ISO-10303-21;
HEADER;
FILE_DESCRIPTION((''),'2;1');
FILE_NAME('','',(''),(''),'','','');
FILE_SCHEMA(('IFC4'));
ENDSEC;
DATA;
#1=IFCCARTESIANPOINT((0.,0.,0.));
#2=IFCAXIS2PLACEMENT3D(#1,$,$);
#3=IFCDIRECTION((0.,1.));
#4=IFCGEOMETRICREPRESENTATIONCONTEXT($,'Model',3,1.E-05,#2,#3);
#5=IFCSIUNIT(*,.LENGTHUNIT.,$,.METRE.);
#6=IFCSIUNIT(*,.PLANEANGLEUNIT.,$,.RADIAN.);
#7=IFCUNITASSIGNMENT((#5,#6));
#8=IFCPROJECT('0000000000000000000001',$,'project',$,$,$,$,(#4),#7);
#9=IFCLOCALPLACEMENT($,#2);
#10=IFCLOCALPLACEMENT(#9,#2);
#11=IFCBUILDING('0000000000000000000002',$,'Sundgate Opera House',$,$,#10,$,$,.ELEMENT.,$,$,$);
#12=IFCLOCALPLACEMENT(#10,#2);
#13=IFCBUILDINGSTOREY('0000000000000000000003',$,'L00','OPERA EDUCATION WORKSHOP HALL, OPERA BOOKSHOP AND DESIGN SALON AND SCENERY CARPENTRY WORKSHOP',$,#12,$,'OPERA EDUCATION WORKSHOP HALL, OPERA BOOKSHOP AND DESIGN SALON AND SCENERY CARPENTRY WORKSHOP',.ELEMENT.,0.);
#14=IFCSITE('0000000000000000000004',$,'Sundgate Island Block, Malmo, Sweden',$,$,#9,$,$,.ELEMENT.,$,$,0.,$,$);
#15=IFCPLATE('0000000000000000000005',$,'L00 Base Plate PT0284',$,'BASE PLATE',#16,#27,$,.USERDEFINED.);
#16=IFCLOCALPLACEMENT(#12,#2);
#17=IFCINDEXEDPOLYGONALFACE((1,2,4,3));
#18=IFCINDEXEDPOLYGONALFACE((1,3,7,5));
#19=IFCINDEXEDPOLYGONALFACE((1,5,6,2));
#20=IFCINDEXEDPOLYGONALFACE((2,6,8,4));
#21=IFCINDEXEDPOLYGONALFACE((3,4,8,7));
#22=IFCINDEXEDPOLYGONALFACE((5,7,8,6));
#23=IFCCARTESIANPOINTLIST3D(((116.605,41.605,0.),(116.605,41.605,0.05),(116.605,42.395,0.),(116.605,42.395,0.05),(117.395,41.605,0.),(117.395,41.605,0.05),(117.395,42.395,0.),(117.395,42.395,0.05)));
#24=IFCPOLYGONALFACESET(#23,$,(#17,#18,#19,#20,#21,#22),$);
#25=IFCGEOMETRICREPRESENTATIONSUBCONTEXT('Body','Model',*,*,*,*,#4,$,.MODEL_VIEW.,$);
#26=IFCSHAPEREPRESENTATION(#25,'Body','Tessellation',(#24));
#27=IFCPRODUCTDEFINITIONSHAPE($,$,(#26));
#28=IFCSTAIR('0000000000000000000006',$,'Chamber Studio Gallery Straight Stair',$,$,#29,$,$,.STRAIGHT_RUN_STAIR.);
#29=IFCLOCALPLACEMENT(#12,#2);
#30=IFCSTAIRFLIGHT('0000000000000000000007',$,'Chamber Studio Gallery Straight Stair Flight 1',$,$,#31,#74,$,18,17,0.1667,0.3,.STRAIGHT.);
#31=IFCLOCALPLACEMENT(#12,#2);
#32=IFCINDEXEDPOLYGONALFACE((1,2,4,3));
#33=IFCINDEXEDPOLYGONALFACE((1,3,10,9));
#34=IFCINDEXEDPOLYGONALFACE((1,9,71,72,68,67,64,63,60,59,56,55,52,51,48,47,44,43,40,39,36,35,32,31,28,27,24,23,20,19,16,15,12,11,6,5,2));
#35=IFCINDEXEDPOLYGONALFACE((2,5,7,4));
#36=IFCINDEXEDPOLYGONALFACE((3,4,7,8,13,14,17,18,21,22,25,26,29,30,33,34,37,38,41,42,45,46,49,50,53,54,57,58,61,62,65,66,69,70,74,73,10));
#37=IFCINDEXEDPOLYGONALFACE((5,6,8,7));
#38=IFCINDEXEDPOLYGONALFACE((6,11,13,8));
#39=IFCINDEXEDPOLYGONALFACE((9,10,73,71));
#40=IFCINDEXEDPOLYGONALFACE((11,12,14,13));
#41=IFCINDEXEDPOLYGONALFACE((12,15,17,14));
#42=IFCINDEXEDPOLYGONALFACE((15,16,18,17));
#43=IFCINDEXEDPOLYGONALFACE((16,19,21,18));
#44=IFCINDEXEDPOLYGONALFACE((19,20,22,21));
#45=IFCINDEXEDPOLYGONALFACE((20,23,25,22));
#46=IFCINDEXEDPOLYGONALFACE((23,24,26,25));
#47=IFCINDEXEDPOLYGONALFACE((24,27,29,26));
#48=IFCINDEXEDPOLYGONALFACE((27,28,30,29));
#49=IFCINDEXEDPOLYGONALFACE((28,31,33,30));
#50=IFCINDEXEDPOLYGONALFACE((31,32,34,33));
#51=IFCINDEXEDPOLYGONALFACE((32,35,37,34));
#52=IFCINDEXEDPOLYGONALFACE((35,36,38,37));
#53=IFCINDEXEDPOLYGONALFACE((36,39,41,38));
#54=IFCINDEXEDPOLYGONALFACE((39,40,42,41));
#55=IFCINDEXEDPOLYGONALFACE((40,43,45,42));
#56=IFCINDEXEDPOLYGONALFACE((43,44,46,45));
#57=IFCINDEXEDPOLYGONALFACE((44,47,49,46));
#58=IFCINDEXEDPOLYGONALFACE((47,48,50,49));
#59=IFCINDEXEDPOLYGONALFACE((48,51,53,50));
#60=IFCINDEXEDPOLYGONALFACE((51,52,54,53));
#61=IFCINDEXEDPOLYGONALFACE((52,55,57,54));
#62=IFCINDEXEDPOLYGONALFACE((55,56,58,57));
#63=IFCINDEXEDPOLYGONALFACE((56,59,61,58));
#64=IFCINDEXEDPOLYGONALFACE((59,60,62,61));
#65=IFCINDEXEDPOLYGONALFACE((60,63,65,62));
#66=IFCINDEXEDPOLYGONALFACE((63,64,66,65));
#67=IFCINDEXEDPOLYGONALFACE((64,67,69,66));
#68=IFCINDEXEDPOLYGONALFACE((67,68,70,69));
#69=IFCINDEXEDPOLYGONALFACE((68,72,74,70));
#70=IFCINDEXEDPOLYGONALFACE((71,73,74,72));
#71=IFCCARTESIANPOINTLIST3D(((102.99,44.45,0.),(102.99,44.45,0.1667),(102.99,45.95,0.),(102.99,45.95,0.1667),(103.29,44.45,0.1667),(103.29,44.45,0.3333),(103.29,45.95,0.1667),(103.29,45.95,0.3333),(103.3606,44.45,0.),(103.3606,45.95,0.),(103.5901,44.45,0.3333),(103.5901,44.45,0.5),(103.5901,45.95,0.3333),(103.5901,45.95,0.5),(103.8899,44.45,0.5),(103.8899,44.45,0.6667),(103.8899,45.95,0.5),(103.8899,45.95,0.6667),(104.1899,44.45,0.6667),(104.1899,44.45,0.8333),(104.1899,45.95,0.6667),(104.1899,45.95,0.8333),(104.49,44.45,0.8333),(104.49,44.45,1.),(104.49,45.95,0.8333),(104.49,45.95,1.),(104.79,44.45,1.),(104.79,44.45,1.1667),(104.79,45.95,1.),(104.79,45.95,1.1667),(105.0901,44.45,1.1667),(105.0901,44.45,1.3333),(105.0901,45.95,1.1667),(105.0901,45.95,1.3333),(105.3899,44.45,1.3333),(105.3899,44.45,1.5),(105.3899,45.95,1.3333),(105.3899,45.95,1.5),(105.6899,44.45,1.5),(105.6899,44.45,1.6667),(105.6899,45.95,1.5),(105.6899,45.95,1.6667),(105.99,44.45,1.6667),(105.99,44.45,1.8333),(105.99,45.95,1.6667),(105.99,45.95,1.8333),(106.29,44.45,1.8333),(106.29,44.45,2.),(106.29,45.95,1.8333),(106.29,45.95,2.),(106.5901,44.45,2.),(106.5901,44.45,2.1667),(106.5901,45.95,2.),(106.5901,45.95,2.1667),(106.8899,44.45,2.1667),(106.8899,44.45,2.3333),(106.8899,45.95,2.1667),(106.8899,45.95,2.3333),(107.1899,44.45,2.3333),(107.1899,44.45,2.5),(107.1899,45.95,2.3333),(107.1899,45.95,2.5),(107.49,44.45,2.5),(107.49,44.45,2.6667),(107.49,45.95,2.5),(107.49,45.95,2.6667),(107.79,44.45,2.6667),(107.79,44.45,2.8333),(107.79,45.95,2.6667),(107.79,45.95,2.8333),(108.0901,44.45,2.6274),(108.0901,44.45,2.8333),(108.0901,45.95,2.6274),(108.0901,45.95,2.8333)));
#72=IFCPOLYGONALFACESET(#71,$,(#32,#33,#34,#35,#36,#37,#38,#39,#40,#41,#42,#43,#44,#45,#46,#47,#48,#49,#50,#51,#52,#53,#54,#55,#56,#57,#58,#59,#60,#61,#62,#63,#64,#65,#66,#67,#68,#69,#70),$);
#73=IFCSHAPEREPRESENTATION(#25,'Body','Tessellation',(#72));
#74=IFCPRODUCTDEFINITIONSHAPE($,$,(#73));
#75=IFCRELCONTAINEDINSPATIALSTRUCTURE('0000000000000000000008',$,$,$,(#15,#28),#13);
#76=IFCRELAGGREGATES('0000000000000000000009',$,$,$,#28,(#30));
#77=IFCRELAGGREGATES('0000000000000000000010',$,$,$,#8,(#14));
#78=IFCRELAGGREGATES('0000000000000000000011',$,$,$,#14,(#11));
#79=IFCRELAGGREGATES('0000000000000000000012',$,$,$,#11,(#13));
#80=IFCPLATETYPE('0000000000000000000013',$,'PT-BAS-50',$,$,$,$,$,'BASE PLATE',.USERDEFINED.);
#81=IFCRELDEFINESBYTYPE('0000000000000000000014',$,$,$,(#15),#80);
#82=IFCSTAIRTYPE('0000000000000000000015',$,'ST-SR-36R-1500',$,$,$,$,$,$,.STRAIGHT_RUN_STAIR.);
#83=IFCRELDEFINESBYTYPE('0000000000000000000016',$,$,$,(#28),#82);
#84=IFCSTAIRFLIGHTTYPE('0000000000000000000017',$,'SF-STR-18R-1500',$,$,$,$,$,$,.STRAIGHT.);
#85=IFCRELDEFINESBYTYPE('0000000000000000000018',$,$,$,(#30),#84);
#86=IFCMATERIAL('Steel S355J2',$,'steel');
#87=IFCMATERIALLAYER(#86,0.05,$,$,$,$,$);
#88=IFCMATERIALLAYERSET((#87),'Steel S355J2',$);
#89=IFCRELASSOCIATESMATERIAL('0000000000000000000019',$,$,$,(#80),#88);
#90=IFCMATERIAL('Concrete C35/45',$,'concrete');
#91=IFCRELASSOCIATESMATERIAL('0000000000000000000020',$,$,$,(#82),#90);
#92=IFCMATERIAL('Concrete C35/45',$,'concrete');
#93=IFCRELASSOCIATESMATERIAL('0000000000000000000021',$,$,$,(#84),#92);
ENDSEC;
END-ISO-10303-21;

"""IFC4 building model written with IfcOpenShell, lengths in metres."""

from ifc_helpers import new_model, si_unit, direction, frame, origin, origin_2d, place, context, subcontext, project, spatial, polyline, rectangle, outline, extrude, material, layer, layer_set, type_object, element, aggregate, save


model = new_model("IFC4")

# Units and contexts
model_context = context("Model", 3, precision=1e-05, world=origin(), true_north=direction((0.0, 1.0)))
body_context = subcontext(model_context, "Body", "Model", "MODEL_VIEW")
ifc_project = project(units=[si_unit("LENGTHUNIT", "METRE"), si_unit("PLANEANGLEUNIT", "RADIAN")], contexts=[model_context])

# Site, building, storey
site_placement = place(None, origin())
site = spatial("IfcSite", under=ifc_project, at=site_placement, Name="Sundgate Island Block, Malmo, Sweden", CompositionType="ELEMENT", RefElevation=0.0)
building_placement = place(site_placement, origin())
building = spatial("IfcBuilding", under=site, at=building_placement, Name="Sundgate Opera House", CompositionType="ELEMENT")
storey_placement = place(building_placement, origin())
storey = spatial("IfcBuildingStorey", under=building, at=storey_placement, Name="L00", Description="OPERA EDUCATION WORKSHOP HALL, OPERA BOOKSHOP AND DESIGN SALON AND SCENERY CARPENTRY WORKSHOP", LongName="OPERA EDUCATION WORKSHOP HALL, OPERA BOOKSHOP AND DESIGN SALON AND SCENERY CARPENTRY WORKSHOP", CompositionType="ELEMENT", Elevation=0.0)

# Plate
ifc_material_1 = material(Name="Steel S355J2", Category="steel")
ifc_layer_1 = layer(ifc_material_1, 0.05)
ifc_layer_set_1 = layer_set([ifc_layer_1], Name="Steel S355J2")
plate_type_1 = type_object("IfcPlateType", Name="PT-BAS-50", ElementType="BASE PLATE", PredefinedType="USERDEFINED", material=ifc_layer_set_1)
plate_1_placement = place(storey_placement, frame((117.0, 42.0, 0.0), z_axis=(0.0, 0.0, 1.0), x_axis=(1.0, 0.0, 0.0)))
element("IfcPlate", 1, at=plate_1_placement, inside=storey, type_object=plate_type_1, Name="L00 Base Plate PT0284", ObjectType="BASE PLATE", PredefinedType="USERDEFINED", context=body_context, shape_type="SweptSolid", body=[
    extrude(rectangle(XDim=0.79, YDim=0.79, at=origin_2d()), origin(), (0.0, 0.0, 1.0), 0.05),
])

# Stair, stair flight
ifc_material_2 = material(Name="Concrete C35/45", Category="concrete")
stair_type = type_object("IfcStairType", Name="ST-SR-36R-1500", PredefinedType="STRAIGHT_RUN_STAIR", material=ifc_material_2)
stair_placement = place(storey_placement, origin())
stair = element("IfcStair", 2, at=stair_placement, inside=storey, type_object=stair_type, Name="Chamber Studio Gallery Straight Stair", PredefinedType="STRAIGHT_RUN_STAIR")
ifc_material_3 = material(Name="Concrete C35/45", Category="concrete")
stair_flight_type = type_object("IfcStairFlightType", Name="SF-STR-18R-1500", PredefinedType="STRAIGHT", material=ifc_material_3)
stair_flight_placement = place(storey_placement, frame((102.99, 45.2, 0.0), z_axis=(0.0, 0.0, 1.0), x_axis=(1.0, 0.0, 0.0)))
stair_flight = element("IfcStairFlight", 3, at=stair_flight_placement, type_object=stair_flight_type, Name="Chamber Studio Gallery Straight Stair Flight 1", NumberOfRisers=18, NumberOfTreads=17, PredefinedType="STRAIGHT", RiserHeight=0.1667, TreadLength=0.3, context=body_context, shape_type="SweptSolid", body=[
    extrude(outline(polyline([(0.0, 0.0), (0.0, 0.1667), (0.3, 0.1667), (0.3, 0.3333), (0.6001, 0.3333), (0.6001, 0.5), (0.8999, 0.5), (0.8999, 0.6667), (1.2, 0.6667), (1.2, 0.8333), (1.5, 0.8333), (1.5, 1.0), (1.8, 1.0), (1.8, 1.1667), (2.1001, 1.1667), (2.1001, 1.3333), (2.3999, 1.3333), (2.3999, 1.5), (2.7, 1.5), (2.7, 1.6667), (3.0, 1.6667), (3.0, 1.8333), (3.3, 1.8333), (3.3, 2.0), (3.6001, 2.0), (3.6001, 2.1667), (3.8999, 2.1667), (3.8999, 2.3333), (4.2, 2.3333), (4.2, 2.5), (4.5, 2.5), (4.5, 2.6667), (4.8, 2.6667), (4.8, 2.8333), (5.1001, 2.8333), (5.1001, 3.0), (5.1001, 2.6274), (0.3706, 0.0), (0.0, 0.0)])), frame((0.0, 0.75, 0.0), z_axis=(0.0, -1.0, 0.0), x_axis=(1.0, 0.0, 0.0)), (0.0, 0.0, 1.0), 1.5),
])
aggregate(stair, [stair_flight])

save(model, "model.ifc")
